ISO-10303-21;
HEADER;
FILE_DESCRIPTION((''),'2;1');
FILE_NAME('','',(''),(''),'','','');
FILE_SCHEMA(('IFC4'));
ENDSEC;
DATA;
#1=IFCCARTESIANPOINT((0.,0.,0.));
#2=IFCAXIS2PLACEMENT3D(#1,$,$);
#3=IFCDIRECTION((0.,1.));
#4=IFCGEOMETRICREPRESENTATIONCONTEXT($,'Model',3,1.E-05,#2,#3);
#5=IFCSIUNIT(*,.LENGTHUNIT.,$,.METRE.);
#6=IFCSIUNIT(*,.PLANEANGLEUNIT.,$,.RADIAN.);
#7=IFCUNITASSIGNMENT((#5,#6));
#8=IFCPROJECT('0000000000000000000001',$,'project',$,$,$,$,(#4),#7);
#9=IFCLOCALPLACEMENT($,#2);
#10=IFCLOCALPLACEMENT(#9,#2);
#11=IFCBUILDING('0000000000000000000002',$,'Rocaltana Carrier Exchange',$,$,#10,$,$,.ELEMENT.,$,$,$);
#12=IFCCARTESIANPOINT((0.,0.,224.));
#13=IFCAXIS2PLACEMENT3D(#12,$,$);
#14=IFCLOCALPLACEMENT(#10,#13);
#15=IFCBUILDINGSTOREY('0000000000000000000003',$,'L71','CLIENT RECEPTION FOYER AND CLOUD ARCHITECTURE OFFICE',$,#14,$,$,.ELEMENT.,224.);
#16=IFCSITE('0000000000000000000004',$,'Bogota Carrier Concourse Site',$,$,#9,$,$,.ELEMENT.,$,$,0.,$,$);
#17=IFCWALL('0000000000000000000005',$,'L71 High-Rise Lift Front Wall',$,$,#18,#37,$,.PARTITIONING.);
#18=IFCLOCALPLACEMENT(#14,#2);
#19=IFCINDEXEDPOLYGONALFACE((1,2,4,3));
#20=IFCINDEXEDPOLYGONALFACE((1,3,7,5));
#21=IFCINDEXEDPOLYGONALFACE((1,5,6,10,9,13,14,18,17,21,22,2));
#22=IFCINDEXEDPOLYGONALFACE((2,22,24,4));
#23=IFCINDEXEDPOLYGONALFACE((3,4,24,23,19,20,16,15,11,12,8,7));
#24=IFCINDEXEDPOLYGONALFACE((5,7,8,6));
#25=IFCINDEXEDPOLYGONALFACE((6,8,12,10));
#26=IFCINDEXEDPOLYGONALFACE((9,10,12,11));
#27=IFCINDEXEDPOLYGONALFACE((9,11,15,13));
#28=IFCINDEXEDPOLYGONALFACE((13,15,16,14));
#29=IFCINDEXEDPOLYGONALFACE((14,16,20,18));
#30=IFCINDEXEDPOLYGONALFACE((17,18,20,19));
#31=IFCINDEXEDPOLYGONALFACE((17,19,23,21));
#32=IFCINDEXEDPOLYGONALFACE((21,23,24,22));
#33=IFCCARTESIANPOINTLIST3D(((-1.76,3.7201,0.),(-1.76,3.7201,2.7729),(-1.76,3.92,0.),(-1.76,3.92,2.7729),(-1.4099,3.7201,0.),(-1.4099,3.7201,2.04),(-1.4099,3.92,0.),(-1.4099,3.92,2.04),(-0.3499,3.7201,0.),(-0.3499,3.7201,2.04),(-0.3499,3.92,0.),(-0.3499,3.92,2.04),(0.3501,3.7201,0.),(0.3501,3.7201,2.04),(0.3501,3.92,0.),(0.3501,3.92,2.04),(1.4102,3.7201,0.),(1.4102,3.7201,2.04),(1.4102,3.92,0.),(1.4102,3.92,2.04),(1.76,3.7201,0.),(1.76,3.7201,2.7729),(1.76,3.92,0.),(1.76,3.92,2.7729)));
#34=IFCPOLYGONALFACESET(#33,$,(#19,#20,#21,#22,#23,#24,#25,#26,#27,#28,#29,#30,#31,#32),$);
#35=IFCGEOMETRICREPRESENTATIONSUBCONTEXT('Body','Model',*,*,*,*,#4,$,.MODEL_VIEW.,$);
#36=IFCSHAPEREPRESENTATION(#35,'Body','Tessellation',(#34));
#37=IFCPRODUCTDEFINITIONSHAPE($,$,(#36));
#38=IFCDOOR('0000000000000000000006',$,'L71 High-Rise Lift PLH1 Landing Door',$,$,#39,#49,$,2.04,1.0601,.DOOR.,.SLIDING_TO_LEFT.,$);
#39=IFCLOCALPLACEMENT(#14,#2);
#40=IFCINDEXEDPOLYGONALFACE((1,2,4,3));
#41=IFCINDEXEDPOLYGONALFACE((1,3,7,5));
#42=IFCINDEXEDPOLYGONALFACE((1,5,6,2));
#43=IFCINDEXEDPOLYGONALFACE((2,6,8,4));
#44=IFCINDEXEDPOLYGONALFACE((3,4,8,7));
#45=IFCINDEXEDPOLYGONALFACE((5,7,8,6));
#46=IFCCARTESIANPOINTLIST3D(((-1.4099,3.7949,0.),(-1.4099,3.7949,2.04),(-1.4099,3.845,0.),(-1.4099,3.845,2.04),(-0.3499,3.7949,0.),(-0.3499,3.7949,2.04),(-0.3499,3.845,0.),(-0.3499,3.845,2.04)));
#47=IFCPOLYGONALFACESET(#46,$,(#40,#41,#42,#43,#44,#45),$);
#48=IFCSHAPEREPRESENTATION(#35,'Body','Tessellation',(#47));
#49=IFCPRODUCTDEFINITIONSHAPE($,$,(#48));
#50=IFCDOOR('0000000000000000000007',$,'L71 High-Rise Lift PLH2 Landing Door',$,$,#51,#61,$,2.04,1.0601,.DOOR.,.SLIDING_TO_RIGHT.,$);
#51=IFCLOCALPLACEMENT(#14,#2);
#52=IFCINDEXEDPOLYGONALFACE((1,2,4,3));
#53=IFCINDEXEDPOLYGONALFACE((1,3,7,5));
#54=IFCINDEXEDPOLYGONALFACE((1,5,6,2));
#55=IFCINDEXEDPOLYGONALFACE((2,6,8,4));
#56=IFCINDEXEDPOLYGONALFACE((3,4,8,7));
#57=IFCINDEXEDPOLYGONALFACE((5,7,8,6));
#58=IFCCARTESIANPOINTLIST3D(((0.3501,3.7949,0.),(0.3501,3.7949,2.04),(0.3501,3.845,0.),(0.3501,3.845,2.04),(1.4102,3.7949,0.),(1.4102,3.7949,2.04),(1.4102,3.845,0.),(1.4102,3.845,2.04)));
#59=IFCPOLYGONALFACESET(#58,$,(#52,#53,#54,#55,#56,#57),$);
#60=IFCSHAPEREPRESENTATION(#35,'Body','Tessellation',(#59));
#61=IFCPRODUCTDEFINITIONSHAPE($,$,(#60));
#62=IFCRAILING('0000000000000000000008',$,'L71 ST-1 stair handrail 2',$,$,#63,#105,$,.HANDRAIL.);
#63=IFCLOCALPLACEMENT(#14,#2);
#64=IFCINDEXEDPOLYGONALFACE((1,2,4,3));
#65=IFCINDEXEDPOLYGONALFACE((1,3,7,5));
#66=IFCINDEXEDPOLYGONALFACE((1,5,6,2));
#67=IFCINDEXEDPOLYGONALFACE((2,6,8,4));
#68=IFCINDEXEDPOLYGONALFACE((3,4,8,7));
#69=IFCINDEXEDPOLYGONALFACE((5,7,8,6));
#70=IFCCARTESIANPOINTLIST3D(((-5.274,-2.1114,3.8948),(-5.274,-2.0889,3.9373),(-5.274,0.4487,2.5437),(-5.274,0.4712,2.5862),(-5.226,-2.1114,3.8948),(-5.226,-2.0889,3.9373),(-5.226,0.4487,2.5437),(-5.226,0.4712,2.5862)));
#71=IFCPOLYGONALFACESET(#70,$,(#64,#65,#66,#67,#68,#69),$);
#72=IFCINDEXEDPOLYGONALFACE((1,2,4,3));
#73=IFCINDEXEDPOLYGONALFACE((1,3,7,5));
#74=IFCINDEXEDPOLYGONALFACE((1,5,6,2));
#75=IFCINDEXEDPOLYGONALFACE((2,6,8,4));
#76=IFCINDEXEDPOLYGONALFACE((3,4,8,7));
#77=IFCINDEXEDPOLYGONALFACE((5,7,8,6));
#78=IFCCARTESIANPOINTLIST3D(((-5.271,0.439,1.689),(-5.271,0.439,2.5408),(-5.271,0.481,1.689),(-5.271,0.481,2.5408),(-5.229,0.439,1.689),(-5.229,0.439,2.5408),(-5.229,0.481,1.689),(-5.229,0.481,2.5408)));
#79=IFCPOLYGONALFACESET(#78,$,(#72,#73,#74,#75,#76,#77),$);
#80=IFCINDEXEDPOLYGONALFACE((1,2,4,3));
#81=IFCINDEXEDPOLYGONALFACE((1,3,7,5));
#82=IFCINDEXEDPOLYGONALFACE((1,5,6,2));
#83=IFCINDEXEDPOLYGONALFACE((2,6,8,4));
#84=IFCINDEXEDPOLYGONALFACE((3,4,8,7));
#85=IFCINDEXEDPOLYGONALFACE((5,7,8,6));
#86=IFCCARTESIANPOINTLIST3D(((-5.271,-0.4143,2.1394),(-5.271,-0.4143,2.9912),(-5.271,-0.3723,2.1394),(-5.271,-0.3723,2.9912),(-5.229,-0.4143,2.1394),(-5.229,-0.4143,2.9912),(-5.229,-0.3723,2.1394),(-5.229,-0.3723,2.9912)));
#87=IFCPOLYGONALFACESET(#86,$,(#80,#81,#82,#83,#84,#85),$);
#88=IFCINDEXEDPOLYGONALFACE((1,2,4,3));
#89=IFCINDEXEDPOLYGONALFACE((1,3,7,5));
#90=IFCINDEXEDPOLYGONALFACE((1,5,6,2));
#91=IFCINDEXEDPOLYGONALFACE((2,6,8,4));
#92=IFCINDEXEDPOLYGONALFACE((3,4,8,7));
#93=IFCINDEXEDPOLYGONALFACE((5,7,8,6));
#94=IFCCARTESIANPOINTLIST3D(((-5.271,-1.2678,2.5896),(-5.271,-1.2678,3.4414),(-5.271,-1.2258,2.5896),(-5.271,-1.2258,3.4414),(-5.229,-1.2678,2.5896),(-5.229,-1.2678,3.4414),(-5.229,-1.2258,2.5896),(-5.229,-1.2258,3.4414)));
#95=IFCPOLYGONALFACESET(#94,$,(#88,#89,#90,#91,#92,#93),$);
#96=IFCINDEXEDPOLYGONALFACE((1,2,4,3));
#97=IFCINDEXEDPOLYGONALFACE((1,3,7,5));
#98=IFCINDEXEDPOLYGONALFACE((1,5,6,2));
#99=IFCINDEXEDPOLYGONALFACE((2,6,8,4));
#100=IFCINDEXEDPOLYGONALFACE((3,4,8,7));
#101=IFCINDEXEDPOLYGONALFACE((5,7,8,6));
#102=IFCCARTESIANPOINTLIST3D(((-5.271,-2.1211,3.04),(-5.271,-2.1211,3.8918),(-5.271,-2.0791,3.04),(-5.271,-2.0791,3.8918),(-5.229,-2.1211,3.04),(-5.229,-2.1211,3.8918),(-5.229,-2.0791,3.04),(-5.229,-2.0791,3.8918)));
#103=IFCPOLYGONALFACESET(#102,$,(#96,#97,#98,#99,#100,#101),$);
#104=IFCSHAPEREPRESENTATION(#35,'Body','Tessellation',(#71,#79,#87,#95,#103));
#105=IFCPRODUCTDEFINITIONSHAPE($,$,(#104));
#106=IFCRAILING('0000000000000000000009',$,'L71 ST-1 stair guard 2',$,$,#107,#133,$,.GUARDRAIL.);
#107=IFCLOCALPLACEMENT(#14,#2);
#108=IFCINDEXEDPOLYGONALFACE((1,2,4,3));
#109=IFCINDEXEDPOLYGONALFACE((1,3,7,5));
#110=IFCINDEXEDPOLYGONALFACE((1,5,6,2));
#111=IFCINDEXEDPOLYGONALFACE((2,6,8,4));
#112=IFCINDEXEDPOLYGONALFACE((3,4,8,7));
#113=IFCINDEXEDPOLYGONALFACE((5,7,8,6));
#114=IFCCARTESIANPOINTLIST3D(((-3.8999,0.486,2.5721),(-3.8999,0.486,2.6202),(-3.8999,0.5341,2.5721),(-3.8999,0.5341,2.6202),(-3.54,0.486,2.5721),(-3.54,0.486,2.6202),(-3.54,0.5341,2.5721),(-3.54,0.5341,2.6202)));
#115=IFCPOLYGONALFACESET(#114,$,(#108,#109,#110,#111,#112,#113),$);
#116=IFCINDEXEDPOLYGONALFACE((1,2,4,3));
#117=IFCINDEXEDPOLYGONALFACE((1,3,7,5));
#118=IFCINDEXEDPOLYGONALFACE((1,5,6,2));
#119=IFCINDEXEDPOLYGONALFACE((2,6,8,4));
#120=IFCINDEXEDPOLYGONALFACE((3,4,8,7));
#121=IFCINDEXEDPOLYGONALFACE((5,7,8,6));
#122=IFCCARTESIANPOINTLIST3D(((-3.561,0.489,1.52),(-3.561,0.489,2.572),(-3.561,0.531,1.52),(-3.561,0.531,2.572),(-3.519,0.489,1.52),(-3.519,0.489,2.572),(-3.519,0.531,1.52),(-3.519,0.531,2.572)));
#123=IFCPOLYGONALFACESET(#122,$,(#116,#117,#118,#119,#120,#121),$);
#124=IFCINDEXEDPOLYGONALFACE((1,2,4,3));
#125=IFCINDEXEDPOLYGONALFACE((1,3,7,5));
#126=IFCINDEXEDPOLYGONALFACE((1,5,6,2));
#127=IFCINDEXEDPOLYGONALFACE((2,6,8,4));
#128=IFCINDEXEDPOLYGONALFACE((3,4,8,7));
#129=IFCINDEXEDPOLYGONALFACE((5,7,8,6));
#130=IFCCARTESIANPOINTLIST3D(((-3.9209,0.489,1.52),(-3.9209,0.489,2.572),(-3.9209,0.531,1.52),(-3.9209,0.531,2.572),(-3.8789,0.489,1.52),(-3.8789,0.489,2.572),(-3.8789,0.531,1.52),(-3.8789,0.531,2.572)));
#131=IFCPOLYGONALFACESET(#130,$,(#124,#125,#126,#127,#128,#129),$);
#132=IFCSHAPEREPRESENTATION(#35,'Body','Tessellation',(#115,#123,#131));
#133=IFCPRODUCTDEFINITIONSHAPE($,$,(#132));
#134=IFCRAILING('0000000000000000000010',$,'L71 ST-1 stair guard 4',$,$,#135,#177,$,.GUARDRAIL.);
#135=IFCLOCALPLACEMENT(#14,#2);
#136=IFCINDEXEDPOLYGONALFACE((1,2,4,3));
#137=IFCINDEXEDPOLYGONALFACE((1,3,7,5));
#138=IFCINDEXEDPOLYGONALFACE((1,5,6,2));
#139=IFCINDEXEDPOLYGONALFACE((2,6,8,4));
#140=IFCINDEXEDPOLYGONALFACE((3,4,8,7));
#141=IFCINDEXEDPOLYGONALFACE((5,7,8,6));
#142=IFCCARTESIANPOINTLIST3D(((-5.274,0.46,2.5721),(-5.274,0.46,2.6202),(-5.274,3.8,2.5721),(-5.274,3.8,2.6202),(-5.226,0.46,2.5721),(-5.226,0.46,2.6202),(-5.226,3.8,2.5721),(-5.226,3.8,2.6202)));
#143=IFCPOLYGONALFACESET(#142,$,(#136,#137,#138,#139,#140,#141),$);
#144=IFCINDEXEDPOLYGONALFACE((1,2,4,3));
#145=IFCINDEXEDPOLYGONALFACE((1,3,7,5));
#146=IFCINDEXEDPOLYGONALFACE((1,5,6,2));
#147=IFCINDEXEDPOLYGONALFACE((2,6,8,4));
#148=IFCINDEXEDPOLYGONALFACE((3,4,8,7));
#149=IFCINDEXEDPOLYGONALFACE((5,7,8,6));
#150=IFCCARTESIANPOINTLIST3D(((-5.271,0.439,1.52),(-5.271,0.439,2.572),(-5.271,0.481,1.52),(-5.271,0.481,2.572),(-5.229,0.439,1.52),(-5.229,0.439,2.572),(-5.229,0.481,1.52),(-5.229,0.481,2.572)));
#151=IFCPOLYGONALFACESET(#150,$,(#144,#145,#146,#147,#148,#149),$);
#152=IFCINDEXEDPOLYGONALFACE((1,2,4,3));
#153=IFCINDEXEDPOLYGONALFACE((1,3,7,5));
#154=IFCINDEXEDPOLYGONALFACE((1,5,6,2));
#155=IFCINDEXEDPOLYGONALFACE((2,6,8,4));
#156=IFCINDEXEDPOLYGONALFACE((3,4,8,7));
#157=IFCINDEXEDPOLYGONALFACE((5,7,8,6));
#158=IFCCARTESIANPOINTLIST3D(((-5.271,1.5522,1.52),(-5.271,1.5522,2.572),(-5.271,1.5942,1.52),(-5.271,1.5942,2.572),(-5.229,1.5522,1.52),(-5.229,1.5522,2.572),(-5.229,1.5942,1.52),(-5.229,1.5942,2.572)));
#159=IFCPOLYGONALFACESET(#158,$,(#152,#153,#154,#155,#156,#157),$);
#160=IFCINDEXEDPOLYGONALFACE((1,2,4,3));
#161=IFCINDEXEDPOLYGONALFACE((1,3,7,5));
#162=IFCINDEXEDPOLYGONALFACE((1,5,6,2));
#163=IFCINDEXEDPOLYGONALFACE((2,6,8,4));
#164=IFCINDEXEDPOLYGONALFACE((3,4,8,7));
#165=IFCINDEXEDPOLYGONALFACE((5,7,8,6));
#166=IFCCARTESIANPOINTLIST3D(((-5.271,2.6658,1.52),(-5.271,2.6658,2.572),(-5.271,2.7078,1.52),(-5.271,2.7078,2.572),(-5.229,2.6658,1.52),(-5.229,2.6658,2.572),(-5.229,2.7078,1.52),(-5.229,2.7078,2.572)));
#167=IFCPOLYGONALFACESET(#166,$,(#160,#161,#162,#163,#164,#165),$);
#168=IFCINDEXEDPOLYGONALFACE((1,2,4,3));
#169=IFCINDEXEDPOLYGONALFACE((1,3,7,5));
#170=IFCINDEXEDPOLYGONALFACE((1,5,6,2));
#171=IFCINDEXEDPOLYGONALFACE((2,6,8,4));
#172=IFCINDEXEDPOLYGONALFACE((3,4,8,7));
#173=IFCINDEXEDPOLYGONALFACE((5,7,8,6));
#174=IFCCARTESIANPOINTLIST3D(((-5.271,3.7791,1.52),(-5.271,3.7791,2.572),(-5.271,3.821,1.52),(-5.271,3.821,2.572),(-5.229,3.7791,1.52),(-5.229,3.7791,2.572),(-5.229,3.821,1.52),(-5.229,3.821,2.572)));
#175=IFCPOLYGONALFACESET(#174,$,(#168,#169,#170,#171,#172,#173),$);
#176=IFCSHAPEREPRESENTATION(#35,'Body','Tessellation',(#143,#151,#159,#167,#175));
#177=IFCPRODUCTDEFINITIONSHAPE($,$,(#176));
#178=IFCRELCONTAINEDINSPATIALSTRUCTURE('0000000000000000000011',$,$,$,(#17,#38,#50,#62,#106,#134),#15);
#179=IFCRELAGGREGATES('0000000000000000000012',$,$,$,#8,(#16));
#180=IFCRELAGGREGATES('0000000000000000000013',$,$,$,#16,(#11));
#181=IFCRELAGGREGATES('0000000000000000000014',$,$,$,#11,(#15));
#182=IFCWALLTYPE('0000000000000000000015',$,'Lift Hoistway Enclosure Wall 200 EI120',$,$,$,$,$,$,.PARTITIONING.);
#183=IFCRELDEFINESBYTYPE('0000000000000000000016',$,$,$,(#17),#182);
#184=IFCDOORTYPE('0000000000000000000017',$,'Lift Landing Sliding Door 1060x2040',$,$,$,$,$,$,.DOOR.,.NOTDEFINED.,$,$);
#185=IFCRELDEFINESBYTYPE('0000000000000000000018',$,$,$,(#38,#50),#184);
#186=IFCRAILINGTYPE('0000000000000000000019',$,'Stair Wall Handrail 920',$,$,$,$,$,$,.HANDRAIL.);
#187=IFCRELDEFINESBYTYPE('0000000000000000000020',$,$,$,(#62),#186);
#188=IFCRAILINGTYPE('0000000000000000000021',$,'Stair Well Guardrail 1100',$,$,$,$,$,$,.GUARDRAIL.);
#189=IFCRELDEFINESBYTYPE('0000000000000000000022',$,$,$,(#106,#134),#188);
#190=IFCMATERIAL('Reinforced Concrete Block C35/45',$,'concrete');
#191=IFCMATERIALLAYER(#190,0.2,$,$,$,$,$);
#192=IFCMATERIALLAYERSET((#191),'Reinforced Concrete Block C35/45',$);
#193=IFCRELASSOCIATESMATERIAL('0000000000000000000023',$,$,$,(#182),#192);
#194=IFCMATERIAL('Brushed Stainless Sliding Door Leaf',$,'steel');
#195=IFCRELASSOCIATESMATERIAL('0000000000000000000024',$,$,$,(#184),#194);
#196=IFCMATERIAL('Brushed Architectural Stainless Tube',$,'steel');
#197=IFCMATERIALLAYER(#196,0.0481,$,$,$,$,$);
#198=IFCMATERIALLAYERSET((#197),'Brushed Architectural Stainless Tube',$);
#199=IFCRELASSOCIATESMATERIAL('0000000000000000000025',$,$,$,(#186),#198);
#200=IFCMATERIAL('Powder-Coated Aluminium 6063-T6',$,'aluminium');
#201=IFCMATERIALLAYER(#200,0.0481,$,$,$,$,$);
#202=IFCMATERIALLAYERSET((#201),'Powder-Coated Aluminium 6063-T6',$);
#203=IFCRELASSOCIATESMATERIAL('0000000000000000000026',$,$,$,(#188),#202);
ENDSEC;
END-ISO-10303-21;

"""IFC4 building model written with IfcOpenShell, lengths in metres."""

from ifc_helpers import new_model, si_unit, direction, frame, frame_2d, origin, origin_2d, place, context, subcontext, project, spatial, rectangle, extrude, material, layer, layer_set, type_object, element, fill, save


model = new_model("IFC4")

# Units and contexts
model_context = context("Model", 3, precision=1e-05, world=origin(), true_north=direction((0.0, 1.0)))
body_context = subcontext(model_context, "Body", "Model", "MODEL_VIEW")
ifc_project = project(units=[si_unit("LENGTHUNIT", "METRE"), si_unit("PLANEANGLEUNIT", "RADIAN")], contexts=[model_context])

# Site, building, storey
site_placement = place(None, origin())
site = spatial("IfcSite", under=ifc_project, at=site_placement, Name="Bogota Carrier Concourse Site", CompositionType="ELEMENT", RefElevation=0.0)
building_placement = place(site_placement, origin())
building = spatial("IfcBuilding", under=site, at=building_placement, Name="Rocaltana Carrier Exchange", CompositionType="ELEMENT")
storey_placement = place(building_placement, frame((0.0, 0.0, 224.0)))
storey = spatial("IfcBuildingStorey", under=building, at=storey_placement, Name="L71", Description="CLIENT RECEPTION FOYER AND CLOUD ARCHITECTURE OFFICE", CompositionType="ELEMENT", Elevation=224.0)

# Shared definitions
ifc_material_1 = material(Name="Reinforced Concrete Block C35/45", Category="concrete")
ifc_layer_1 = layer(ifc_material_1, 0.2)
ifc_layer_set_1 = layer_set([ifc_layer_1], Name="Reinforced Concrete Block C35/45")
wall_type_1 = type_object("IfcWallType", Name="Lift Hoistway Enclosure Wall 200 EI120", PredefinedType="PARTITIONING", material=ifc_layer_set_1)

# Wall, openings, doors
wall_1_placement = place(storey_placement, frame((-1.76, 3.8201, 0.0), z_axis=(0.0, 0.0, 1.0), x_axis=(1.0, 0.0, 0.0)))
wall_1 = element("IfcWall", 1, at=wall_1_placement, inside=storey, type_object=wall_type_1, Name="L71 High-Rise Lift Front Wall", PredefinedType="PARTITIONING", context=body_context, shape_type="SweptSolid", body=[
    extrude(rectangle(XDim=3.52, YDim=0.2, at=frame_2d((1.76, 0.0))), origin(), (0.0, 0.0, 1.0), 2.7729),
])
opening_1_placement = place(wall_1_placement, frame((0.3501, 0.0, 0.0)))
opening_1 = element("IfcOpeningElement", 2, at=opening_1_placement, cuts=wall_1, PredefinedType="OPENING", context=body_context, shape_type="SweptSolid", body=[
    extrude(rectangle(XDim=1.0601, YDim=2.04, at=frame_2d((0.53, 1.02))), frame((0.0, 0.1099, 0.0), z_axis=(0.0, -1.0, 0.0), x_axis=(1.0, 0.0, 0.0)), (0.0, 0.0, 1.0), 0.22),
])
opening_2_placement = place(wall_1_placement, frame((2.1101, 0.0, 0.0)))
opening_2 = element("IfcOpeningElement", 3, at=opening_2_placement, cuts=wall_1, PredefinedType="OPENING", context=body_context, shape_type="SweptSolid", body=[
    extrude(rectangle(XDim=1.0601, YDim=2.04, at=frame_2d((0.53, 1.02))), frame((0.0, 0.1099, 0.0), z_axis=(0.0, -1.0, 0.0), x_axis=(1.0, 0.0, 0.0)), (0.0, 0.0, 1.0), 0.22),
])
ifc_material_2 = material(Name="Brushed Stainless Sliding Door Leaf", Category="steel")
door_type = type_object("IfcDoorType", Name="Lift Landing Sliding Door 1060x2040", OperationType="NOTDEFINED", PredefinedType="DOOR", material=ifc_material_2)
door_1_placement = place(opening_1_placement, origin())
door_1 = element("IfcDoor", 4, at=door_1_placement, inside=storey, type_object=door_type, Name="L71 High-Rise Lift PLH1 Landing Door", OperationType="SLIDING_TO_LEFT", OverallHeight=2.04, OverallWidth=1.0601, PredefinedType="DOOR", context=body_context, shape_type="SweptSolid", body=[
    extrude(rectangle(XDim=1.0601, YDim=2.04, at=frame_2d((0.53, 1.02))), frame((0.0, 0.0249, 0.0), z_axis=(0.0, -1.0, 0.0), x_axis=(1.0, 0.0, 0.0)), (0.0, 0.0, 1.0), 0.05),
])
fill(opening_1, door_1)
door_2_placement = place(opening_2_placement, origin())
door_2 = element("IfcDoor", 5, at=door_2_placement, inside=storey, type_object=door_type, Name="L71 High-Rise Lift PLH2 Landing Door", OperationType="SLIDING_TO_RIGHT", OverallHeight=2.04, OverallWidth=1.0601, PredefinedType="DOOR", context=body_context, shape_type="SweptSolid", body=[
    extrude(rectangle(XDim=1.0601, YDim=2.04, at=frame_2d((0.53, 1.02))), frame((0.0, 0.0249, 0.0), z_axis=(0.0, -1.0, 0.0), x_axis=(1.0, 0.0, 0.0)), (0.0, 0.0, 1.0), 0.05),
])
fill(opening_2, door_2)

# Railings
ifc_material_3 = material(Name="Brushed Architectural Stainless Tube", Category="steel")
ifc_layer_2 = layer(ifc_material_3, 0.0481)
ifc_layer_set_2 = layer_set([ifc_layer_2], Name="Brushed Architectural Stainless Tube")
railing_type_1 = type_object("IfcRailingType", Name="Stair Wall Handrail 920", PredefinedType="HANDRAIL", material=ifc_layer_set_2)
railing_1_placement = place(storey_placement, frame((-5.25, 0.46, 1.689)))
element("IfcRailing", 6, at=railing_1_placement, inside=storey, type_object=railing_type_1, Name="L71 ST-1 stair handrail 2", PredefinedType="HANDRAIL", context=body_context, shape_type="SweptSolid", body=[
    extrude(rectangle(XDim=0.0481, YDim=0.0481, at=origin_2d()), frame((0.0, 0.0, 0.876), z_axis=(0.0, -0.884394, 0.46674), x_axis=(1.0, 0.0, 0.0)), (0.0, 0.0, 1.0), 2.8948),
    extrude(rectangle(XDim=0.042, YDim=0.042, at=origin_2d()), origin(), (0.0, 0.0, 1.0), 0.8518),
    extrude(rectangle(XDim=0.042, YDim=0.042, at=origin_2d()), frame((0.0, -0.8533, 0.4504)), (0.0, 0.0, 1.0), 0.8518),
    extrude(rectangle(XDim=0.042, YDim=0.042, at=origin_2d()), frame((0.0, -1.7068, 0.9006)), (0.0, 0.0, 1.0), 0.8518),
    extrude(rectangle(XDim=0.042, YDim=0.042, at=origin_2d()), frame((0.0, -2.5601, 1.3511)), (0.0, 0.0, 1.0), 0.8518),
])
ifc_material_4 = material(Name="Powder-Coated Aluminium 6063-T6", Category="aluminium")
ifc_layer_3 = layer(ifc_material_4, 0.0481)
ifc_layer_set_3 = layer_set([ifc_layer_3], Name="Powder-Coated Aluminium 6063-T6")
railing_type_2 = type_object("IfcRailingType", Name="Stair Well Guardrail 1100", PredefinedType="GUARDRAIL", material=ifc_layer_set_3)
railing_2_placement = place(storey_placement, frame((-3.54, 0.51, 1.52)))
element("IfcRailing", 7, at=railing_2_placement, inside=storey, type_object=railing_type_2, Name="L71 ST-1 stair guard 2", PredefinedType="GUARDRAIL", context=body_context, shape_type="SweptSolid", body=[
    extrude(rectangle(XDim=0.0481, YDim=0.0481, at=origin_2d()), frame((0.0, 0.0, 1.0762), z_axis=(-1.0, 0.0, 0.0), x_axis=(0.0, -1.0, 0.0)), (0.0, 0.0, 1.0), 0.3599),
    extrude(rectangle(XDim=0.042, YDim=0.042, at=origin_2d()), origin(), (0.0, 0.0, 1.0), 1.052),
    extrude(rectangle(XDim=0.042, YDim=0.042, at=origin_2d()), frame((-0.3599, 0.0, 0.0)), (0.0, 0.0, 1.0), 1.052),
])
railing_3_placement = place(storey_placement, frame((-5.25, 0.46, 1.52)))
element("IfcRailing", 8, at=railing_3_placement, inside=storey, type_object=railing_type_2, Name="L71 ST-1 stair guard 4", PredefinedType="GUARDRAIL", context=body_context, shape_type="SweptSolid", body=[
    extrude(rectangle(XDim=0.0481, YDim=0.0481, at=origin_2d()), frame((0.0, 0.0, 1.0762), z_axis=(0.0, 1.0, 0.0), x_axis=(-1.0, 0.0, 0.0)), (0.0, 0.0, 1.0), 3.3401),
    extrude(rectangle(XDim=0.042, YDim=0.042, at=origin_2d()), origin(), (0.0, 0.0, 1.0), 1.052),
    extrude(rectangle(XDim=0.042, YDim=0.042, at=origin_2d()), frame((0.0, 1.1133, 0.0)), (0.0, 0.0, 1.0), 1.052),
    extrude(rectangle(XDim=0.042, YDim=0.042, at=origin_2d()), frame((0.0, 2.2268, 0.0)), (0.0, 0.0, 1.0), 1.052),
    extrude(rectangle(XDim=0.042, YDim=0.042, at=origin_2d()), frame((0.0, 3.3401, 0.0)), (0.0, 0.0, 1.0), 1.052),
])

save(model, "model.ifc")
